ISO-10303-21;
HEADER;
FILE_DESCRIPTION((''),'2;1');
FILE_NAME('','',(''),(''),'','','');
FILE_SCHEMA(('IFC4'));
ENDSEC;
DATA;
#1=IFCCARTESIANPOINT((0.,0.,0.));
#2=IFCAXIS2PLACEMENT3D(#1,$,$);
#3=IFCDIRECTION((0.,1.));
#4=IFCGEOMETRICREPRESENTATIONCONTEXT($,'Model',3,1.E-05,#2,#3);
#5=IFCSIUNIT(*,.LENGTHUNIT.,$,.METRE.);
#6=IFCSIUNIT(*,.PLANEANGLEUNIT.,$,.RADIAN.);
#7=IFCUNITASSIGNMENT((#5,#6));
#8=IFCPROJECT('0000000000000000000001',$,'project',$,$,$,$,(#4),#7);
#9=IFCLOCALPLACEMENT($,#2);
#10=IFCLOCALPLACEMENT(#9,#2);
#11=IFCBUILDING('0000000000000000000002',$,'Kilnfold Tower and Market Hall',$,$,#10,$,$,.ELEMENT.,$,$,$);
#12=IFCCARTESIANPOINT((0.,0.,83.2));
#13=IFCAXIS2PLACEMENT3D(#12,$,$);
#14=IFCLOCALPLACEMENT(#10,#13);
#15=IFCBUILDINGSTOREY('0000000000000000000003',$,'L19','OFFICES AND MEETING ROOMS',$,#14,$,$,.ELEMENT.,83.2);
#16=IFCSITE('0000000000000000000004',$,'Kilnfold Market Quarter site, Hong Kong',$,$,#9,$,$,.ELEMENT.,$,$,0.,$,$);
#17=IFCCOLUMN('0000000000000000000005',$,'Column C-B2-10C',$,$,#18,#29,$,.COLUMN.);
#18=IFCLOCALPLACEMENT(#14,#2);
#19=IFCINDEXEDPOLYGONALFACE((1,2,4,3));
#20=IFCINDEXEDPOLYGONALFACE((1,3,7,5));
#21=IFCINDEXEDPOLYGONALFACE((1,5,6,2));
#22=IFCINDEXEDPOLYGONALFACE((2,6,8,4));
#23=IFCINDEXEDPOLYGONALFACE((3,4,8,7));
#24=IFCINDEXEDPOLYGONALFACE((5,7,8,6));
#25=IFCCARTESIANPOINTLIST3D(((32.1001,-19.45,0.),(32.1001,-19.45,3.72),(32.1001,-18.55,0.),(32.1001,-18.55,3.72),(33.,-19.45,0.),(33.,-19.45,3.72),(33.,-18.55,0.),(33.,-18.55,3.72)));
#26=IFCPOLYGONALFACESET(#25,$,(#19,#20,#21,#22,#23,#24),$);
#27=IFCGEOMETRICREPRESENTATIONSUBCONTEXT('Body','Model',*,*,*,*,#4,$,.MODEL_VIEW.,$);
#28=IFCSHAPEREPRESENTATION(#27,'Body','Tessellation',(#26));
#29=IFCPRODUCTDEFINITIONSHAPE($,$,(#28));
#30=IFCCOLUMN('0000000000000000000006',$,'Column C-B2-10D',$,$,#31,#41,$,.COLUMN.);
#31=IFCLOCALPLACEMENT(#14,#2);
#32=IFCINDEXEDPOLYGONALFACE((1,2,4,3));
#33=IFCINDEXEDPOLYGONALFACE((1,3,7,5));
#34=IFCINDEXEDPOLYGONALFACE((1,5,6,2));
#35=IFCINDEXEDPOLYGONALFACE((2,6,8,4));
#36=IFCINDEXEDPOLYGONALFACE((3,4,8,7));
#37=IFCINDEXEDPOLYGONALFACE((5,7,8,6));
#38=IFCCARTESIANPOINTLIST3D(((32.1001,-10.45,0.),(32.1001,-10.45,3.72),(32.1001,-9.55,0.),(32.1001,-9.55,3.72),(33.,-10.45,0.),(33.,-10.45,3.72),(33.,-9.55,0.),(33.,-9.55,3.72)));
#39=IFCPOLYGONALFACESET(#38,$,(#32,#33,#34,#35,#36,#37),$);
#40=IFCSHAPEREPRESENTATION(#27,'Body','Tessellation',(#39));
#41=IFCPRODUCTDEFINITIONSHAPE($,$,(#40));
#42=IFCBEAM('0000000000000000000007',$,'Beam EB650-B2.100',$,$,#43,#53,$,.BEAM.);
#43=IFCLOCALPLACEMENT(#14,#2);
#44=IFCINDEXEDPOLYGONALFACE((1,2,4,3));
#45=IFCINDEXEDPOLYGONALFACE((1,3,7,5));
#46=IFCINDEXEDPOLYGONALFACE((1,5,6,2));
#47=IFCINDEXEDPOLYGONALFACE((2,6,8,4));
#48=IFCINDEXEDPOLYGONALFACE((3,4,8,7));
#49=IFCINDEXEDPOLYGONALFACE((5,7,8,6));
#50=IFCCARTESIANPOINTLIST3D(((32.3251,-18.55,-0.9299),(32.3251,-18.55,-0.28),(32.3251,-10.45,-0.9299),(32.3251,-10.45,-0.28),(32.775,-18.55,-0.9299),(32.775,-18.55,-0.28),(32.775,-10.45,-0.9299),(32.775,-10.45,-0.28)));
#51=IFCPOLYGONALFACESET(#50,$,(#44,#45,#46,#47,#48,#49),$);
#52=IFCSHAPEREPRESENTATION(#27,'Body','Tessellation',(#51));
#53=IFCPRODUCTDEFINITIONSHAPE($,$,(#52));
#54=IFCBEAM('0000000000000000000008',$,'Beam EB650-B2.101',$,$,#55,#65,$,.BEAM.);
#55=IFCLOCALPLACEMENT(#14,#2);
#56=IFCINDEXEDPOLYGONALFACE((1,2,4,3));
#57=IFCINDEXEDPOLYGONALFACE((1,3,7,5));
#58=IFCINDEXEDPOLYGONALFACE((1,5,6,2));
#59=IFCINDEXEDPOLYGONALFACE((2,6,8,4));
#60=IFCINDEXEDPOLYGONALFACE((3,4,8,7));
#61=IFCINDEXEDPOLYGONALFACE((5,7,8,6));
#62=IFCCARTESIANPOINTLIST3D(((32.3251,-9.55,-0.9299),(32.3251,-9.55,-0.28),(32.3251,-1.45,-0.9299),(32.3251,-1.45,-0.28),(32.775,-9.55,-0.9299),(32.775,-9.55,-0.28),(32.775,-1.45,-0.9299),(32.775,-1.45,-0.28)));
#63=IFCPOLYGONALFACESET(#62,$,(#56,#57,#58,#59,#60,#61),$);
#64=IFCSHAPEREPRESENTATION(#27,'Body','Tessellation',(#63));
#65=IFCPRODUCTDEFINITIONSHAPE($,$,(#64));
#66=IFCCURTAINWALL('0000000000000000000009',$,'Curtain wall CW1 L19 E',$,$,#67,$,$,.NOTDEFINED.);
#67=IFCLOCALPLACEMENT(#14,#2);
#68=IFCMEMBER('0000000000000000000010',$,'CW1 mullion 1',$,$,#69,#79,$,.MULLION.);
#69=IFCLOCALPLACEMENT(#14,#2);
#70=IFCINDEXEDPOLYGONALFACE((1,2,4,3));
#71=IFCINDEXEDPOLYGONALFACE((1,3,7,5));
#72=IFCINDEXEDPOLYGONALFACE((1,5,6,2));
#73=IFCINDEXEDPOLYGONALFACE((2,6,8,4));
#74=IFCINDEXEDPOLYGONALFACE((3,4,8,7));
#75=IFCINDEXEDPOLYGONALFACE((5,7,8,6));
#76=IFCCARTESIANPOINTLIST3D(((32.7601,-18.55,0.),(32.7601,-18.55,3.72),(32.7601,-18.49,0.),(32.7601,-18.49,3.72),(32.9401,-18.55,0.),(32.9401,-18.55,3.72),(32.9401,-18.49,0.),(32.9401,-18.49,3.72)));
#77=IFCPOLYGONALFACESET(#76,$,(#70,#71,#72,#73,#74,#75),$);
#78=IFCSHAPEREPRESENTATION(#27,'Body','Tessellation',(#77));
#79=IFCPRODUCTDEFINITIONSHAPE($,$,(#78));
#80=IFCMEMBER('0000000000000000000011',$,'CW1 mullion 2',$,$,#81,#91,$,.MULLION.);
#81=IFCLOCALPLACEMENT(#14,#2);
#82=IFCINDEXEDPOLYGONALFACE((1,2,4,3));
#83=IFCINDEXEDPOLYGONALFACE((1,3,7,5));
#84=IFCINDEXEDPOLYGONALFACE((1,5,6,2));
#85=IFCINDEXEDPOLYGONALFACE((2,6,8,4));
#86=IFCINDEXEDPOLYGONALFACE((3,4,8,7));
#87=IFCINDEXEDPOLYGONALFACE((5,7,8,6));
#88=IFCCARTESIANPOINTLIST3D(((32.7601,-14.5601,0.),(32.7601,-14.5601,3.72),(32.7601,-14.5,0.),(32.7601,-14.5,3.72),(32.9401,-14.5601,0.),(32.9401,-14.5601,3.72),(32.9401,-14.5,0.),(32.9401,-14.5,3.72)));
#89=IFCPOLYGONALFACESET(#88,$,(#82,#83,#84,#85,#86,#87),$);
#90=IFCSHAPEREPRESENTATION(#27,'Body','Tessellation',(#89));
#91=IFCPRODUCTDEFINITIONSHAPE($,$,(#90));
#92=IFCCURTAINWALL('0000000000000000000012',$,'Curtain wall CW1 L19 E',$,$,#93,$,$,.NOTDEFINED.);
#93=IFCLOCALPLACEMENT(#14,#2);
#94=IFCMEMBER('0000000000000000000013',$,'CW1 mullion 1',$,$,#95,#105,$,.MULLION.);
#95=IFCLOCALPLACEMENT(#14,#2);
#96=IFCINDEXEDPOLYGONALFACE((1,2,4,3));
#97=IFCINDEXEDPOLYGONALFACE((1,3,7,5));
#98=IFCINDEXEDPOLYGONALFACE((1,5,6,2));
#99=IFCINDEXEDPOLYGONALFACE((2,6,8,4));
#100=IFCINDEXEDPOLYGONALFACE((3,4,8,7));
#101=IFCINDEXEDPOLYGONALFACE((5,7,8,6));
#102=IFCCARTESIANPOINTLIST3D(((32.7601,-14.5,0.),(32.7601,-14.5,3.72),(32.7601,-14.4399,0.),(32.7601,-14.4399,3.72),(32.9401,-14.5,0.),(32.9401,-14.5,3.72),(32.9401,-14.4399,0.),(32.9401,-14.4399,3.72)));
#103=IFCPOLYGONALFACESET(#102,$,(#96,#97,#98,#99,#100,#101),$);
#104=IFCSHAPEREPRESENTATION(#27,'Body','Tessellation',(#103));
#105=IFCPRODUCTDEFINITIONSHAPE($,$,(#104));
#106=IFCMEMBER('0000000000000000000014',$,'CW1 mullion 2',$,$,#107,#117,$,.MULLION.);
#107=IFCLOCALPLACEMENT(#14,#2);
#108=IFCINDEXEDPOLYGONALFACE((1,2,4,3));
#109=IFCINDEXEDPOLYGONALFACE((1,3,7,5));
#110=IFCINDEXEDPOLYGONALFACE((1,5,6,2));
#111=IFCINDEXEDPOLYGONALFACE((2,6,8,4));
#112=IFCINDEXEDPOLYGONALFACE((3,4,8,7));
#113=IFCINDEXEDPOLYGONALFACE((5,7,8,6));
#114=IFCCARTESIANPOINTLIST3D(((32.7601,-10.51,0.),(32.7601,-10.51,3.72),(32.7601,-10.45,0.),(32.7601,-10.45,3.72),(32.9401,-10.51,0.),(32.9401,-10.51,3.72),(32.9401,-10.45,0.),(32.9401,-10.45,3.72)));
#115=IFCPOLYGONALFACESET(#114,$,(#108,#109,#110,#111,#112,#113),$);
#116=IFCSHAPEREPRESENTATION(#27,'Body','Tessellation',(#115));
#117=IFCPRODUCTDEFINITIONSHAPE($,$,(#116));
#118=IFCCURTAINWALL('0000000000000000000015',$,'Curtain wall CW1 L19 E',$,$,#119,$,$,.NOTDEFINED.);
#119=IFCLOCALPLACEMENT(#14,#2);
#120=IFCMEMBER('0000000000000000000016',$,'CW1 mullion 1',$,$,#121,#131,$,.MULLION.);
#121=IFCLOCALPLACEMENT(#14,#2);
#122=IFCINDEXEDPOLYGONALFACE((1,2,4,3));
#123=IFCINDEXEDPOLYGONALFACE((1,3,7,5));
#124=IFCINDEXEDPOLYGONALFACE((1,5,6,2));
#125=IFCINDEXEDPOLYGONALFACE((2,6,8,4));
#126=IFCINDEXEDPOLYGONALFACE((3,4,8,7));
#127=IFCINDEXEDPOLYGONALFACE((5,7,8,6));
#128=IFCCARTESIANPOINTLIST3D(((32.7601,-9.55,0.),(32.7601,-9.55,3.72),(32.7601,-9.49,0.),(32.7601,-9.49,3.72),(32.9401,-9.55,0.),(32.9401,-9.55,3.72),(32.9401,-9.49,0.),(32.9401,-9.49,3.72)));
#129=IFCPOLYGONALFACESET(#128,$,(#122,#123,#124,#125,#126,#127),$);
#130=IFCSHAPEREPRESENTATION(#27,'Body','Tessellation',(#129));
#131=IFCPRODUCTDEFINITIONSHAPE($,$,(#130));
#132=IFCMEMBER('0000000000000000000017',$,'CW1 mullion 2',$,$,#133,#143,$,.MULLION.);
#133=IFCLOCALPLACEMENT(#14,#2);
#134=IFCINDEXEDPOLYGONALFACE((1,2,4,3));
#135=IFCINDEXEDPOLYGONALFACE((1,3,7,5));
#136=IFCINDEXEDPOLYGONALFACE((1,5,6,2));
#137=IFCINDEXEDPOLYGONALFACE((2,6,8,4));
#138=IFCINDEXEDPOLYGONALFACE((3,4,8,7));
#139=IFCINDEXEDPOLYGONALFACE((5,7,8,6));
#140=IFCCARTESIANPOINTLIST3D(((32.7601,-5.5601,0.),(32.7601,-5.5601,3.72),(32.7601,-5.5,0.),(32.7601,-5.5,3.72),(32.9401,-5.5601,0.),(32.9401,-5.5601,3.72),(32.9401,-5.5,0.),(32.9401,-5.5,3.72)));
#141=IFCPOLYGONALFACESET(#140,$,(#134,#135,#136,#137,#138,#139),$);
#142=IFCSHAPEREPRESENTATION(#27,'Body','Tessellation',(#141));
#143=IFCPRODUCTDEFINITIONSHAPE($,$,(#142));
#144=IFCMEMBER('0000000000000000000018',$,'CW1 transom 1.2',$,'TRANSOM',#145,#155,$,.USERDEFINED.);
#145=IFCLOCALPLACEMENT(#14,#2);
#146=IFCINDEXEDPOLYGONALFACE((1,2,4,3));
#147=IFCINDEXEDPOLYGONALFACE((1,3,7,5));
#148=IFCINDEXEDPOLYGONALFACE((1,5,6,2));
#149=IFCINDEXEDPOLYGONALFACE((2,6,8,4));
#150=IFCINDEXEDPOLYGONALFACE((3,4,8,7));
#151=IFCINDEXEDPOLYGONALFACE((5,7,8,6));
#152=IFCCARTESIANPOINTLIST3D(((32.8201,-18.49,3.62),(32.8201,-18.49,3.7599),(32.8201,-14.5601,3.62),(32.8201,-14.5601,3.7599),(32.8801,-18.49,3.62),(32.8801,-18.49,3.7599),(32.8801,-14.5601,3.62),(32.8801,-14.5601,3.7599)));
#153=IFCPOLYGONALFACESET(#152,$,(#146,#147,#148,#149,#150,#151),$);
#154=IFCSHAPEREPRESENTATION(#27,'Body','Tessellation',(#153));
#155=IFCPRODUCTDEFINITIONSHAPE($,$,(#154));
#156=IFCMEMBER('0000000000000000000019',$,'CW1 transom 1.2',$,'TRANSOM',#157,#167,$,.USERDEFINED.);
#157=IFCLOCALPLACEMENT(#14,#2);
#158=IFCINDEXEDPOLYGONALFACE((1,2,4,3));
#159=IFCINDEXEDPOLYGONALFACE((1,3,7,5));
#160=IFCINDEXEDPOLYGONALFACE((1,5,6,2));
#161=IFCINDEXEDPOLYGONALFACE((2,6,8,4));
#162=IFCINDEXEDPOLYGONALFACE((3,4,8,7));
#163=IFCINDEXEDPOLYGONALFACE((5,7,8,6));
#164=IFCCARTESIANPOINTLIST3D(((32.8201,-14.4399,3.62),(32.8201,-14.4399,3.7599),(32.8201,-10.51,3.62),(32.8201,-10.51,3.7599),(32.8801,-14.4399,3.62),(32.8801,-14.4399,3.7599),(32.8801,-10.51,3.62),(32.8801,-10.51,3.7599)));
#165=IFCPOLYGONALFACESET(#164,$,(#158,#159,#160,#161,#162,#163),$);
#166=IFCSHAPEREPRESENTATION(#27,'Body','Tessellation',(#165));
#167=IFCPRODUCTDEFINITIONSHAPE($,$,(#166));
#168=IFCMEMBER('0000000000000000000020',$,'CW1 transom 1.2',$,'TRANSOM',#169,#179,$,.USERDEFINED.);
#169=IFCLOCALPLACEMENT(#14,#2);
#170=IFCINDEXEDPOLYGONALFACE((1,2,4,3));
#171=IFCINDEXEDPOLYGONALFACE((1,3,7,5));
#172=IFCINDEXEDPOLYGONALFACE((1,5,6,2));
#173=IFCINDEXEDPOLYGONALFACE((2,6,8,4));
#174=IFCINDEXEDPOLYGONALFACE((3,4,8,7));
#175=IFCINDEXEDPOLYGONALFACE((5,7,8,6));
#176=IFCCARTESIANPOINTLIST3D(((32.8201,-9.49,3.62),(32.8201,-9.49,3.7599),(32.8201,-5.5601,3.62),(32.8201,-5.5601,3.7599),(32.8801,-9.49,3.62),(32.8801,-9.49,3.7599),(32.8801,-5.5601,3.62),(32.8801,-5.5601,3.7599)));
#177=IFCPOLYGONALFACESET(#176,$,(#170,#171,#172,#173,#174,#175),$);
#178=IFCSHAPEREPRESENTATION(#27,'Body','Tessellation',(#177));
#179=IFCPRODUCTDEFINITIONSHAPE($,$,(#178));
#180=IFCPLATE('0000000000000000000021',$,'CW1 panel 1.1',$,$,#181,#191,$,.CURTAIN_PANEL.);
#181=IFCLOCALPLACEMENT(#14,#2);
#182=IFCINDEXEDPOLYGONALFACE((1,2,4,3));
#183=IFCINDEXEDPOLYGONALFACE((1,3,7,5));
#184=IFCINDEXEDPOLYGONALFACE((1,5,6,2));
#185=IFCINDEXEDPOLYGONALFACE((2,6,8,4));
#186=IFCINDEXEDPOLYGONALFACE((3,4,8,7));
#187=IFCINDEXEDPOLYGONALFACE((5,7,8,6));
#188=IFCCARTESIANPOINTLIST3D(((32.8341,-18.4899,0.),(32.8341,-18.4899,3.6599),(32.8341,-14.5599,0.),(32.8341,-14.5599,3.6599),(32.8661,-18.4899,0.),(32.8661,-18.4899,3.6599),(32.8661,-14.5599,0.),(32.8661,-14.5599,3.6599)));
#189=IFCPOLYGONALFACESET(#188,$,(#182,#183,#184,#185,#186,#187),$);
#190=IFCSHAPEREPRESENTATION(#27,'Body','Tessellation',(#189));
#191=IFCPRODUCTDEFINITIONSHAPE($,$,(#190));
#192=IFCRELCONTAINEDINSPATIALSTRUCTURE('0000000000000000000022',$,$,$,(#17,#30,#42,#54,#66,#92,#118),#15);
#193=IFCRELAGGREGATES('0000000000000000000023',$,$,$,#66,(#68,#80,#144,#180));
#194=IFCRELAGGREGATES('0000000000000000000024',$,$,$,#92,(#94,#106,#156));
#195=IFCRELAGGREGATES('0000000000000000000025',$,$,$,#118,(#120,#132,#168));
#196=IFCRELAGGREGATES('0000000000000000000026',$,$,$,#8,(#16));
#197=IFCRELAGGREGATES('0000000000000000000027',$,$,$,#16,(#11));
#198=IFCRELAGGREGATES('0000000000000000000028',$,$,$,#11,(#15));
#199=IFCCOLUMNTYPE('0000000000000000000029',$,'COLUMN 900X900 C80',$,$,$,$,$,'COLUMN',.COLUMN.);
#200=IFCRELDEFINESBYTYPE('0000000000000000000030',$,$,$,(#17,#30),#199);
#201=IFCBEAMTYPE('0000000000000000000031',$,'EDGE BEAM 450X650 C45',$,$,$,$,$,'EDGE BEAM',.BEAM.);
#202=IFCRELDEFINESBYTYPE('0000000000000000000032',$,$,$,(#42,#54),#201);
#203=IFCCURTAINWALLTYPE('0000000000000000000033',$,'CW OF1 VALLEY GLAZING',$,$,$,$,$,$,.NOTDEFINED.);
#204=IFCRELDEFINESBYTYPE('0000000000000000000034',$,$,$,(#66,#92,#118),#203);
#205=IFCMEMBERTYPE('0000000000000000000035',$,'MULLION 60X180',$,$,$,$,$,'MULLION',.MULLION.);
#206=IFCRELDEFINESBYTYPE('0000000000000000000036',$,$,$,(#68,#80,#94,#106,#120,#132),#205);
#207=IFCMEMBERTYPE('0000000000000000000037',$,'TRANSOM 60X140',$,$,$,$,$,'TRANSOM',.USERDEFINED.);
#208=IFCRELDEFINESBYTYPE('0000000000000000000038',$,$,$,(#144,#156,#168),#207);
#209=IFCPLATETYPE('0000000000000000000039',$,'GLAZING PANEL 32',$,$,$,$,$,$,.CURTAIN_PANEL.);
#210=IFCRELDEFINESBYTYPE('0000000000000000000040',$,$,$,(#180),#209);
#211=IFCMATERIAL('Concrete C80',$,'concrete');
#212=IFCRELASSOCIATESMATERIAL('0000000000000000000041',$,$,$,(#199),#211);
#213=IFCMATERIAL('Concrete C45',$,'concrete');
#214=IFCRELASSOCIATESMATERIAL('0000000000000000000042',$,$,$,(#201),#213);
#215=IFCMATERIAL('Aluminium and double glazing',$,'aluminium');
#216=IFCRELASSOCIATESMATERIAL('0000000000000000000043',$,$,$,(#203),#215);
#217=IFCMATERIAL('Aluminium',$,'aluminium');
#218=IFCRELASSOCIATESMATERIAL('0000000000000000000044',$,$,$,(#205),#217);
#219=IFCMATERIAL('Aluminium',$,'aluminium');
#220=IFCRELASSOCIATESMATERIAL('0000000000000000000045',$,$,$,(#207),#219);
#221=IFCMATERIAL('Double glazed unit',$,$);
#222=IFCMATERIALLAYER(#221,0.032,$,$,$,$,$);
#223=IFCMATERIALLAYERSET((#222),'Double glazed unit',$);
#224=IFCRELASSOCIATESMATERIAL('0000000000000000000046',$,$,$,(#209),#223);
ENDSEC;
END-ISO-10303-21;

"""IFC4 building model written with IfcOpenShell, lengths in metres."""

from ifc_helpers import new_model, si_unit, direction, frame, origin, origin_2d, place, context, subcontext, project, spatial, rectangle, extrude, source, transform, mapped, material, layer, layer_set, material_profile, profile_set, type_object, element, aggregate, save


model = new_model("IFC4")

# Units and contexts
model_context = context("Model", 3, precision=1e-05, world=origin(), true_north=direction((0.0, 1.0)))
body_context = subcontext(model_context, "Body", "Model", "MODEL_VIEW")
ifc_project = project(units=[si_unit("LENGTHUNIT", "METRE"), si_unit("PLANEANGLEUNIT", "RADIAN")], contexts=[model_context])

# Site, building, storey
site_placement = place(None, origin())
site = spatial("IfcSite", under=ifc_project, at=site_placement, Name="Kilnfold Market Quarter site, Hong Kong", CompositionType="ELEMENT", RefElevation=0.0)
building_placement = place(site_placement, origin())
building = spatial("IfcBuilding", under=site, at=building_placement, Name="Kilnfold Tower and Market Hall", CompositionType="ELEMENT")
storey_placement = place(building_placement, frame((0.0, 0.0, 83.2)))
storey = spatial("IfcBuildingStorey", under=building, at=storey_placement, Name="L19", Description="OFFICES AND MEETING ROOMS", CompositionType="ELEMENT", Elevation=83.2)

# Columns
ifc_material_1 = material(Name="Concrete C80", Category="concrete")
ifc_material_profile_1 = material_profile(ifc_material_1, rectangle(XDim=0.8999, YDim=0.8999, at=origin_2d()), Name="RC 900x900")
ifc_profile_set_1 = profile_set([ifc_material_profile_1], Name="Concrete C80")
column_type = type_object("IfcColumnType", Name="COLUMN 900X900 C80", ElementType="COLUMN", PredefinedType="COLUMN", material=ifc_profile_set_1)
shared_shape_1 = source(origin(), body_context, "Body", "SweptSolid", [
    extrude(rectangle(XDim=0.8999, YDim=0.8999, at=origin_2d()), origin(), (0.0, 0.0, 1.0), 3.72),
])
for number, where, z_axis, x_axis, name in (
    (1, (32.55, -19.0, 0.0), (0.0, 0.0, 1.0), (1.0, 0.0, 0.0), "Column C-B2-10C"),
    (2, (32.55, -10.0, 0.0), (0.0, 0.0, 1.0), (1.0, 0.0, 0.0), "Column C-B2-10D"),
):
    element("IfcColumn", number, at=place(storey_placement, frame(where, z_axis=z_axis, x_axis=x_axis)), inside=storey, type_object=column_type, Name=name, PredefinedType="COLUMN", context=body_context, shape_type="MappedRepresentation", body=[
        mapped(shared_shape_1, transform((0.0, 0.0, 0.0))),
    ])

# Beams
ifc_material_2 = material(Name="Concrete C45", Category="concrete")
ifc_material_profile_2 = material_profile(ifc_material_2, rectangle(XDim=0.45, YDim=0.6499, at=origin_2d()), Name="RC 450x650")
ifc_profile_set_2 = profile_set([ifc_material_profile_2], Name="Concrete C45")
beam_type = type_object("IfcBeamType", Name="EDGE BEAM 450X650 C45", ElementType="EDGE BEAM", PredefinedType="BEAM", material=ifc_profile_set_2)
shared_shape_2 = source(origin(), body_context, "Body", "SweptSolid", [
    extrude(rectangle(XDim=0.45, YDim=0.6499, at=origin_2d()), origin(), (0.0, 0.0, 1.0), 8.1001),
])
for number, where, z_axis, x_axis, name in (
    (3, (32.55, -18.55, -0.605), (0.0, 1.0, 0.0), (-1.0, 0.0, 0.0), "Beam EB650-B2.100"),
    (4, (32.55, -9.55, -0.605), (0.0, 1.0, 0.0), (-1.0, 0.0, 0.0), "Beam EB650-B2.101"),
):
    element("IfcBeam", number, at=place(storey_placement, frame(where, z_axis=z_axis, x_axis=x_axis)), inside=storey, type_object=beam_type, Name=name, PredefinedType="BEAM", context=body_context, shape_type="MappedRepresentation", body=[
        mapped(shared_shape_2, transform((0.0, 0.0, 0.0))),
    ])

# Curtain walls, members
ifc_material_3 = material(Name="Aluminium and double glazing", Category="aluminium")
curtain_wall_type = type_object("IfcCurtainWallType", Name="CW OF1 VALLEY GLAZING", PredefinedType="NOTDEFINED", material=ifc_material_3)
curtain_wall_1_placement = place(storey_placement, origin())
curtain_wall_1 = element("IfcCurtainWall", 5, at=curtain_wall_1_placement, inside=storey, type_object=curtain_wall_type, Name="Curtain wall CW1 L19 E", PredefinedType="NOTDEFINED")
ifc_material_4 = material(Name="Aluminium", Category="aluminium")
ifc_material_profile_3 = material_profile(ifc_material_4, rectangle(XDim=0.0601, YDim=0.1799, at=origin_2d()), Name="MULLION 60x180")
ifc_profile_set_3 = profile_set([ifc_material_profile_3], Name="Aluminium")
member_type_1 = type_object("IfcMemberType", Name="MULLION 60X180", ElementType="MULLION", PredefinedType="MULLION", material=ifc_profile_set_3)
shared_shape_3 = source(origin(), body_context, "Body", "SweptSolid", [
    extrude(rectangle(XDim=0.0601, YDim=0.1799, at=origin_2d()), origin(), (0.0, 0.0, 1.0), 3.72),
])
member_1_placement = place(storey_placement, frame((32.8501, -18.52, 0.0), z_axis=(0.0, 0.0, 1.0), x_axis=(0.0, 1.0, 0.0)))
member_1 = element("IfcMember", 6, at=member_1_placement, type_object=member_type_1, Name="CW1 mullion 1", PredefinedType="MULLION", context=body_context, shape_type="MappedRepresentation", body=[
    mapped(shared_shape_3, transform((0.0, 0.0, 0.0))),
])
member_2_placement = place(storey_placement, frame((32.8501, -14.53, 0.0), z_axis=(0.0, 0.0, 1.0), x_axis=(0.0, 1.0, 0.0)))
member_2 = element("IfcMember", 7, at=member_2_placement, type_object=member_type_1, Name="CW1 mullion 2", PredefinedType="MULLION", context=body_context, shape_type="MappedRepresentation", body=[
    mapped(shared_shape_3, transform((0.0, 0.0, 0.0))),
])
curtain_wall_2_placement = place(storey_placement, origin())
curtain_wall_2 = element("IfcCurtainWall", 8, at=curtain_wall_2_placement, inside=storey, type_object=curtain_wall_type, Name="Curtain wall CW1 L19 E", PredefinedType="NOTDEFINED")
member_3_placement = place(storey_placement, frame((32.8501, -14.47, 0.0), z_axis=(0.0, 0.0, 1.0), x_axis=(0.0, 1.0, 0.0)))
member_3 = element("IfcMember", 9, at=member_3_placement, type_object=member_type_1, Name="CW1 mullion 1", PredefinedType="MULLION", context=body_context, shape_type="MappedRepresentation", body=[
    mapped(shared_shape_3, transform((0.0, 0.0, 0.0))),
])
member_4_placement = place(storey_placement, frame((32.8501, -10.48, 0.0), z_axis=(0.0, 0.0, 1.0), x_axis=(0.0, 1.0, 0.0)))
member_4 = element("IfcMember", 10, at=member_4_placement, type_object=member_type_1, Name="CW1 mullion 2", PredefinedType="MULLION", context=body_context, shape_type="MappedRepresentation", body=[
    mapped(shared_shape_3, transform((0.0, 0.0, 0.0))),
])
curtain_wall_3_placement = place(storey_placement, origin())
curtain_wall_3 = element("IfcCurtainWall", 11, at=curtain_wall_3_placement, inside=storey, type_object=curtain_wall_type, Name="Curtain wall CW1 L19 E", PredefinedType="NOTDEFINED")
member_5_placement = place(storey_placement, frame((32.8501, -9.52, 0.0), z_axis=(0.0, 0.0, 1.0), x_axis=(0.0, 1.0, 0.0)))
member_5 = element("IfcMember", 12, at=member_5_placement, type_object=member_type_1, Name="CW1 mullion 1", PredefinedType="MULLION", context=body_context, shape_type="MappedRepresentation", body=[
    mapped(shared_shape_3, transform((0.0, 0.0, 0.0))),
])
member_6_placement = place(storey_placement, frame((32.8501, -5.53, 0.0), z_axis=(0.0, 0.0, 1.0), x_axis=(0.0, 1.0, 0.0)))
member_6 = element("IfcMember", 13, at=member_6_placement, type_object=member_type_1, Name="CW1 mullion 2", PredefinedType="MULLION", context=body_context, shape_type="MappedRepresentation", body=[
    mapped(shared_shape_3, transform((0.0, 0.0, 0.0))),
])

# Members
ifc_material_5 = material(Name="Aluminium", Category="aluminium")
ifc_material_profile_4 = material_profile(ifc_material_5, rectangle(XDim=0.0601, YDim=0.1399, at=origin_2d()), Name="TRANSOM 60x140")
ifc_profile_set_4 = profile_set([ifc_material_profile_4], Name="Aluminium")
member_type_2 = type_object("IfcMemberType", Name="TRANSOM 60X140", ElementType="TRANSOM", PredefinedType="USERDEFINED", material=ifc_profile_set_4)
shared_shape_4 = source(origin(), body_context, "Body", "SweptSolid", [
    extrude(rectangle(XDim=0.0601, YDim=0.1399, at=origin_2d()), origin(), (0.0, 0.0, 1.0), 3.9299),
])
member_7_placement = place(storey_placement, frame((32.8501, -18.49, 3.6899), z_axis=(0.0, 1.0, 0.0), x_axis=(-1.0, 0.0, 0.0)))
member_7 = element("IfcMember", 14, at=member_7_placement, type_object=member_type_2, Name="CW1 transom 1.2", ObjectType="TRANSOM", PredefinedType="USERDEFINED", context=body_context, shape_type="MappedRepresentation", body=[
    mapped(shared_shape_4, transform((0.0, 0.0, 0.0))),
])
member_8_placement = place(storey_placement, frame((32.8501, -14.4399, 3.6899), z_axis=(0.0, 1.0, 0.0), x_axis=(-1.0, 0.0, 0.0)))
member_8 = element("IfcMember", 15, at=member_8_placement, type_object=member_type_2, Name="CW1 transom 1.2", ObjectType="TRANSOM", PredefinedType="USERDEFINED", context=body_context, shape_type="MappedRepresentation", body=[
    mapped(shared_shape_4, transform((0.0, 0.0, 0.0))),
])
member_9_placement = place(storey_placement, frame((32.8501, -9.49, 3.6899), z_axis=(0.0, 1.0, 0.0), x_axis=(-1.0, 0.0, 0.0)))
member_9 = element("IfcMember", 16, at=member_9_placement, type_object=member_type_2, Name="CW1 transom 1.2", ObjectType="TRANSOM", PredefinedType="USERDEFINED", context=body_context, shape_type="MappedRepresentation", body=[
    mapped(shared_shape_4, transform((0.0, 0.0, 0.0))),
])

# Plate
ifc_material_6 = material(Name="Double glazed unit")
ifc_layer_1 = layer(ifc_material_6, 0.032)
ifc_layer_set_1 = layer_set([ifc_layer_1], Name="Double glazed unit")
plate_type = type_object("IfcPlateType", Name="GLAZING PANEL 32", PredefinedType="CURTAIN_PANEL", material=ifc_layer_set_1)
shared_shape_5 = source(origin(), body_context, "Body", "SweptSolid", [
    extrude(rectangle(XDim=3.9299, YDim=0.032, at=origin_2d()), origin(), (0.0, 0.0, 1.0), 3.6599),
])
plate_1_placement = place(storey_placement, frame((32.8501, -16.5249, 0.0), z_axis=(0.0, 0.0, 1.0), x_axis=(0.0, 1.0, 0.0)))
plate_1 = element("IfcPlate", 17, at=plate_1_placement, type_object=plate_type, Name="CW1 panel 1.1", PredefinedType="CURTAIN_PANEL", context=body_context, shape_type="MappedRepresentation", body=[
    mapped(shared_shape_5, transform((0.0, 0.0, 0.0))),
])
aggregate(curtain_wall_1, [member_1, member_2, member_7, plate_1])
aggregate(curtain_wall_2, [member_3, member_4, member_8])
aggregate(curtain_wall_3, [member_5, member_6, member_9])

save(model, "model.ifc")
